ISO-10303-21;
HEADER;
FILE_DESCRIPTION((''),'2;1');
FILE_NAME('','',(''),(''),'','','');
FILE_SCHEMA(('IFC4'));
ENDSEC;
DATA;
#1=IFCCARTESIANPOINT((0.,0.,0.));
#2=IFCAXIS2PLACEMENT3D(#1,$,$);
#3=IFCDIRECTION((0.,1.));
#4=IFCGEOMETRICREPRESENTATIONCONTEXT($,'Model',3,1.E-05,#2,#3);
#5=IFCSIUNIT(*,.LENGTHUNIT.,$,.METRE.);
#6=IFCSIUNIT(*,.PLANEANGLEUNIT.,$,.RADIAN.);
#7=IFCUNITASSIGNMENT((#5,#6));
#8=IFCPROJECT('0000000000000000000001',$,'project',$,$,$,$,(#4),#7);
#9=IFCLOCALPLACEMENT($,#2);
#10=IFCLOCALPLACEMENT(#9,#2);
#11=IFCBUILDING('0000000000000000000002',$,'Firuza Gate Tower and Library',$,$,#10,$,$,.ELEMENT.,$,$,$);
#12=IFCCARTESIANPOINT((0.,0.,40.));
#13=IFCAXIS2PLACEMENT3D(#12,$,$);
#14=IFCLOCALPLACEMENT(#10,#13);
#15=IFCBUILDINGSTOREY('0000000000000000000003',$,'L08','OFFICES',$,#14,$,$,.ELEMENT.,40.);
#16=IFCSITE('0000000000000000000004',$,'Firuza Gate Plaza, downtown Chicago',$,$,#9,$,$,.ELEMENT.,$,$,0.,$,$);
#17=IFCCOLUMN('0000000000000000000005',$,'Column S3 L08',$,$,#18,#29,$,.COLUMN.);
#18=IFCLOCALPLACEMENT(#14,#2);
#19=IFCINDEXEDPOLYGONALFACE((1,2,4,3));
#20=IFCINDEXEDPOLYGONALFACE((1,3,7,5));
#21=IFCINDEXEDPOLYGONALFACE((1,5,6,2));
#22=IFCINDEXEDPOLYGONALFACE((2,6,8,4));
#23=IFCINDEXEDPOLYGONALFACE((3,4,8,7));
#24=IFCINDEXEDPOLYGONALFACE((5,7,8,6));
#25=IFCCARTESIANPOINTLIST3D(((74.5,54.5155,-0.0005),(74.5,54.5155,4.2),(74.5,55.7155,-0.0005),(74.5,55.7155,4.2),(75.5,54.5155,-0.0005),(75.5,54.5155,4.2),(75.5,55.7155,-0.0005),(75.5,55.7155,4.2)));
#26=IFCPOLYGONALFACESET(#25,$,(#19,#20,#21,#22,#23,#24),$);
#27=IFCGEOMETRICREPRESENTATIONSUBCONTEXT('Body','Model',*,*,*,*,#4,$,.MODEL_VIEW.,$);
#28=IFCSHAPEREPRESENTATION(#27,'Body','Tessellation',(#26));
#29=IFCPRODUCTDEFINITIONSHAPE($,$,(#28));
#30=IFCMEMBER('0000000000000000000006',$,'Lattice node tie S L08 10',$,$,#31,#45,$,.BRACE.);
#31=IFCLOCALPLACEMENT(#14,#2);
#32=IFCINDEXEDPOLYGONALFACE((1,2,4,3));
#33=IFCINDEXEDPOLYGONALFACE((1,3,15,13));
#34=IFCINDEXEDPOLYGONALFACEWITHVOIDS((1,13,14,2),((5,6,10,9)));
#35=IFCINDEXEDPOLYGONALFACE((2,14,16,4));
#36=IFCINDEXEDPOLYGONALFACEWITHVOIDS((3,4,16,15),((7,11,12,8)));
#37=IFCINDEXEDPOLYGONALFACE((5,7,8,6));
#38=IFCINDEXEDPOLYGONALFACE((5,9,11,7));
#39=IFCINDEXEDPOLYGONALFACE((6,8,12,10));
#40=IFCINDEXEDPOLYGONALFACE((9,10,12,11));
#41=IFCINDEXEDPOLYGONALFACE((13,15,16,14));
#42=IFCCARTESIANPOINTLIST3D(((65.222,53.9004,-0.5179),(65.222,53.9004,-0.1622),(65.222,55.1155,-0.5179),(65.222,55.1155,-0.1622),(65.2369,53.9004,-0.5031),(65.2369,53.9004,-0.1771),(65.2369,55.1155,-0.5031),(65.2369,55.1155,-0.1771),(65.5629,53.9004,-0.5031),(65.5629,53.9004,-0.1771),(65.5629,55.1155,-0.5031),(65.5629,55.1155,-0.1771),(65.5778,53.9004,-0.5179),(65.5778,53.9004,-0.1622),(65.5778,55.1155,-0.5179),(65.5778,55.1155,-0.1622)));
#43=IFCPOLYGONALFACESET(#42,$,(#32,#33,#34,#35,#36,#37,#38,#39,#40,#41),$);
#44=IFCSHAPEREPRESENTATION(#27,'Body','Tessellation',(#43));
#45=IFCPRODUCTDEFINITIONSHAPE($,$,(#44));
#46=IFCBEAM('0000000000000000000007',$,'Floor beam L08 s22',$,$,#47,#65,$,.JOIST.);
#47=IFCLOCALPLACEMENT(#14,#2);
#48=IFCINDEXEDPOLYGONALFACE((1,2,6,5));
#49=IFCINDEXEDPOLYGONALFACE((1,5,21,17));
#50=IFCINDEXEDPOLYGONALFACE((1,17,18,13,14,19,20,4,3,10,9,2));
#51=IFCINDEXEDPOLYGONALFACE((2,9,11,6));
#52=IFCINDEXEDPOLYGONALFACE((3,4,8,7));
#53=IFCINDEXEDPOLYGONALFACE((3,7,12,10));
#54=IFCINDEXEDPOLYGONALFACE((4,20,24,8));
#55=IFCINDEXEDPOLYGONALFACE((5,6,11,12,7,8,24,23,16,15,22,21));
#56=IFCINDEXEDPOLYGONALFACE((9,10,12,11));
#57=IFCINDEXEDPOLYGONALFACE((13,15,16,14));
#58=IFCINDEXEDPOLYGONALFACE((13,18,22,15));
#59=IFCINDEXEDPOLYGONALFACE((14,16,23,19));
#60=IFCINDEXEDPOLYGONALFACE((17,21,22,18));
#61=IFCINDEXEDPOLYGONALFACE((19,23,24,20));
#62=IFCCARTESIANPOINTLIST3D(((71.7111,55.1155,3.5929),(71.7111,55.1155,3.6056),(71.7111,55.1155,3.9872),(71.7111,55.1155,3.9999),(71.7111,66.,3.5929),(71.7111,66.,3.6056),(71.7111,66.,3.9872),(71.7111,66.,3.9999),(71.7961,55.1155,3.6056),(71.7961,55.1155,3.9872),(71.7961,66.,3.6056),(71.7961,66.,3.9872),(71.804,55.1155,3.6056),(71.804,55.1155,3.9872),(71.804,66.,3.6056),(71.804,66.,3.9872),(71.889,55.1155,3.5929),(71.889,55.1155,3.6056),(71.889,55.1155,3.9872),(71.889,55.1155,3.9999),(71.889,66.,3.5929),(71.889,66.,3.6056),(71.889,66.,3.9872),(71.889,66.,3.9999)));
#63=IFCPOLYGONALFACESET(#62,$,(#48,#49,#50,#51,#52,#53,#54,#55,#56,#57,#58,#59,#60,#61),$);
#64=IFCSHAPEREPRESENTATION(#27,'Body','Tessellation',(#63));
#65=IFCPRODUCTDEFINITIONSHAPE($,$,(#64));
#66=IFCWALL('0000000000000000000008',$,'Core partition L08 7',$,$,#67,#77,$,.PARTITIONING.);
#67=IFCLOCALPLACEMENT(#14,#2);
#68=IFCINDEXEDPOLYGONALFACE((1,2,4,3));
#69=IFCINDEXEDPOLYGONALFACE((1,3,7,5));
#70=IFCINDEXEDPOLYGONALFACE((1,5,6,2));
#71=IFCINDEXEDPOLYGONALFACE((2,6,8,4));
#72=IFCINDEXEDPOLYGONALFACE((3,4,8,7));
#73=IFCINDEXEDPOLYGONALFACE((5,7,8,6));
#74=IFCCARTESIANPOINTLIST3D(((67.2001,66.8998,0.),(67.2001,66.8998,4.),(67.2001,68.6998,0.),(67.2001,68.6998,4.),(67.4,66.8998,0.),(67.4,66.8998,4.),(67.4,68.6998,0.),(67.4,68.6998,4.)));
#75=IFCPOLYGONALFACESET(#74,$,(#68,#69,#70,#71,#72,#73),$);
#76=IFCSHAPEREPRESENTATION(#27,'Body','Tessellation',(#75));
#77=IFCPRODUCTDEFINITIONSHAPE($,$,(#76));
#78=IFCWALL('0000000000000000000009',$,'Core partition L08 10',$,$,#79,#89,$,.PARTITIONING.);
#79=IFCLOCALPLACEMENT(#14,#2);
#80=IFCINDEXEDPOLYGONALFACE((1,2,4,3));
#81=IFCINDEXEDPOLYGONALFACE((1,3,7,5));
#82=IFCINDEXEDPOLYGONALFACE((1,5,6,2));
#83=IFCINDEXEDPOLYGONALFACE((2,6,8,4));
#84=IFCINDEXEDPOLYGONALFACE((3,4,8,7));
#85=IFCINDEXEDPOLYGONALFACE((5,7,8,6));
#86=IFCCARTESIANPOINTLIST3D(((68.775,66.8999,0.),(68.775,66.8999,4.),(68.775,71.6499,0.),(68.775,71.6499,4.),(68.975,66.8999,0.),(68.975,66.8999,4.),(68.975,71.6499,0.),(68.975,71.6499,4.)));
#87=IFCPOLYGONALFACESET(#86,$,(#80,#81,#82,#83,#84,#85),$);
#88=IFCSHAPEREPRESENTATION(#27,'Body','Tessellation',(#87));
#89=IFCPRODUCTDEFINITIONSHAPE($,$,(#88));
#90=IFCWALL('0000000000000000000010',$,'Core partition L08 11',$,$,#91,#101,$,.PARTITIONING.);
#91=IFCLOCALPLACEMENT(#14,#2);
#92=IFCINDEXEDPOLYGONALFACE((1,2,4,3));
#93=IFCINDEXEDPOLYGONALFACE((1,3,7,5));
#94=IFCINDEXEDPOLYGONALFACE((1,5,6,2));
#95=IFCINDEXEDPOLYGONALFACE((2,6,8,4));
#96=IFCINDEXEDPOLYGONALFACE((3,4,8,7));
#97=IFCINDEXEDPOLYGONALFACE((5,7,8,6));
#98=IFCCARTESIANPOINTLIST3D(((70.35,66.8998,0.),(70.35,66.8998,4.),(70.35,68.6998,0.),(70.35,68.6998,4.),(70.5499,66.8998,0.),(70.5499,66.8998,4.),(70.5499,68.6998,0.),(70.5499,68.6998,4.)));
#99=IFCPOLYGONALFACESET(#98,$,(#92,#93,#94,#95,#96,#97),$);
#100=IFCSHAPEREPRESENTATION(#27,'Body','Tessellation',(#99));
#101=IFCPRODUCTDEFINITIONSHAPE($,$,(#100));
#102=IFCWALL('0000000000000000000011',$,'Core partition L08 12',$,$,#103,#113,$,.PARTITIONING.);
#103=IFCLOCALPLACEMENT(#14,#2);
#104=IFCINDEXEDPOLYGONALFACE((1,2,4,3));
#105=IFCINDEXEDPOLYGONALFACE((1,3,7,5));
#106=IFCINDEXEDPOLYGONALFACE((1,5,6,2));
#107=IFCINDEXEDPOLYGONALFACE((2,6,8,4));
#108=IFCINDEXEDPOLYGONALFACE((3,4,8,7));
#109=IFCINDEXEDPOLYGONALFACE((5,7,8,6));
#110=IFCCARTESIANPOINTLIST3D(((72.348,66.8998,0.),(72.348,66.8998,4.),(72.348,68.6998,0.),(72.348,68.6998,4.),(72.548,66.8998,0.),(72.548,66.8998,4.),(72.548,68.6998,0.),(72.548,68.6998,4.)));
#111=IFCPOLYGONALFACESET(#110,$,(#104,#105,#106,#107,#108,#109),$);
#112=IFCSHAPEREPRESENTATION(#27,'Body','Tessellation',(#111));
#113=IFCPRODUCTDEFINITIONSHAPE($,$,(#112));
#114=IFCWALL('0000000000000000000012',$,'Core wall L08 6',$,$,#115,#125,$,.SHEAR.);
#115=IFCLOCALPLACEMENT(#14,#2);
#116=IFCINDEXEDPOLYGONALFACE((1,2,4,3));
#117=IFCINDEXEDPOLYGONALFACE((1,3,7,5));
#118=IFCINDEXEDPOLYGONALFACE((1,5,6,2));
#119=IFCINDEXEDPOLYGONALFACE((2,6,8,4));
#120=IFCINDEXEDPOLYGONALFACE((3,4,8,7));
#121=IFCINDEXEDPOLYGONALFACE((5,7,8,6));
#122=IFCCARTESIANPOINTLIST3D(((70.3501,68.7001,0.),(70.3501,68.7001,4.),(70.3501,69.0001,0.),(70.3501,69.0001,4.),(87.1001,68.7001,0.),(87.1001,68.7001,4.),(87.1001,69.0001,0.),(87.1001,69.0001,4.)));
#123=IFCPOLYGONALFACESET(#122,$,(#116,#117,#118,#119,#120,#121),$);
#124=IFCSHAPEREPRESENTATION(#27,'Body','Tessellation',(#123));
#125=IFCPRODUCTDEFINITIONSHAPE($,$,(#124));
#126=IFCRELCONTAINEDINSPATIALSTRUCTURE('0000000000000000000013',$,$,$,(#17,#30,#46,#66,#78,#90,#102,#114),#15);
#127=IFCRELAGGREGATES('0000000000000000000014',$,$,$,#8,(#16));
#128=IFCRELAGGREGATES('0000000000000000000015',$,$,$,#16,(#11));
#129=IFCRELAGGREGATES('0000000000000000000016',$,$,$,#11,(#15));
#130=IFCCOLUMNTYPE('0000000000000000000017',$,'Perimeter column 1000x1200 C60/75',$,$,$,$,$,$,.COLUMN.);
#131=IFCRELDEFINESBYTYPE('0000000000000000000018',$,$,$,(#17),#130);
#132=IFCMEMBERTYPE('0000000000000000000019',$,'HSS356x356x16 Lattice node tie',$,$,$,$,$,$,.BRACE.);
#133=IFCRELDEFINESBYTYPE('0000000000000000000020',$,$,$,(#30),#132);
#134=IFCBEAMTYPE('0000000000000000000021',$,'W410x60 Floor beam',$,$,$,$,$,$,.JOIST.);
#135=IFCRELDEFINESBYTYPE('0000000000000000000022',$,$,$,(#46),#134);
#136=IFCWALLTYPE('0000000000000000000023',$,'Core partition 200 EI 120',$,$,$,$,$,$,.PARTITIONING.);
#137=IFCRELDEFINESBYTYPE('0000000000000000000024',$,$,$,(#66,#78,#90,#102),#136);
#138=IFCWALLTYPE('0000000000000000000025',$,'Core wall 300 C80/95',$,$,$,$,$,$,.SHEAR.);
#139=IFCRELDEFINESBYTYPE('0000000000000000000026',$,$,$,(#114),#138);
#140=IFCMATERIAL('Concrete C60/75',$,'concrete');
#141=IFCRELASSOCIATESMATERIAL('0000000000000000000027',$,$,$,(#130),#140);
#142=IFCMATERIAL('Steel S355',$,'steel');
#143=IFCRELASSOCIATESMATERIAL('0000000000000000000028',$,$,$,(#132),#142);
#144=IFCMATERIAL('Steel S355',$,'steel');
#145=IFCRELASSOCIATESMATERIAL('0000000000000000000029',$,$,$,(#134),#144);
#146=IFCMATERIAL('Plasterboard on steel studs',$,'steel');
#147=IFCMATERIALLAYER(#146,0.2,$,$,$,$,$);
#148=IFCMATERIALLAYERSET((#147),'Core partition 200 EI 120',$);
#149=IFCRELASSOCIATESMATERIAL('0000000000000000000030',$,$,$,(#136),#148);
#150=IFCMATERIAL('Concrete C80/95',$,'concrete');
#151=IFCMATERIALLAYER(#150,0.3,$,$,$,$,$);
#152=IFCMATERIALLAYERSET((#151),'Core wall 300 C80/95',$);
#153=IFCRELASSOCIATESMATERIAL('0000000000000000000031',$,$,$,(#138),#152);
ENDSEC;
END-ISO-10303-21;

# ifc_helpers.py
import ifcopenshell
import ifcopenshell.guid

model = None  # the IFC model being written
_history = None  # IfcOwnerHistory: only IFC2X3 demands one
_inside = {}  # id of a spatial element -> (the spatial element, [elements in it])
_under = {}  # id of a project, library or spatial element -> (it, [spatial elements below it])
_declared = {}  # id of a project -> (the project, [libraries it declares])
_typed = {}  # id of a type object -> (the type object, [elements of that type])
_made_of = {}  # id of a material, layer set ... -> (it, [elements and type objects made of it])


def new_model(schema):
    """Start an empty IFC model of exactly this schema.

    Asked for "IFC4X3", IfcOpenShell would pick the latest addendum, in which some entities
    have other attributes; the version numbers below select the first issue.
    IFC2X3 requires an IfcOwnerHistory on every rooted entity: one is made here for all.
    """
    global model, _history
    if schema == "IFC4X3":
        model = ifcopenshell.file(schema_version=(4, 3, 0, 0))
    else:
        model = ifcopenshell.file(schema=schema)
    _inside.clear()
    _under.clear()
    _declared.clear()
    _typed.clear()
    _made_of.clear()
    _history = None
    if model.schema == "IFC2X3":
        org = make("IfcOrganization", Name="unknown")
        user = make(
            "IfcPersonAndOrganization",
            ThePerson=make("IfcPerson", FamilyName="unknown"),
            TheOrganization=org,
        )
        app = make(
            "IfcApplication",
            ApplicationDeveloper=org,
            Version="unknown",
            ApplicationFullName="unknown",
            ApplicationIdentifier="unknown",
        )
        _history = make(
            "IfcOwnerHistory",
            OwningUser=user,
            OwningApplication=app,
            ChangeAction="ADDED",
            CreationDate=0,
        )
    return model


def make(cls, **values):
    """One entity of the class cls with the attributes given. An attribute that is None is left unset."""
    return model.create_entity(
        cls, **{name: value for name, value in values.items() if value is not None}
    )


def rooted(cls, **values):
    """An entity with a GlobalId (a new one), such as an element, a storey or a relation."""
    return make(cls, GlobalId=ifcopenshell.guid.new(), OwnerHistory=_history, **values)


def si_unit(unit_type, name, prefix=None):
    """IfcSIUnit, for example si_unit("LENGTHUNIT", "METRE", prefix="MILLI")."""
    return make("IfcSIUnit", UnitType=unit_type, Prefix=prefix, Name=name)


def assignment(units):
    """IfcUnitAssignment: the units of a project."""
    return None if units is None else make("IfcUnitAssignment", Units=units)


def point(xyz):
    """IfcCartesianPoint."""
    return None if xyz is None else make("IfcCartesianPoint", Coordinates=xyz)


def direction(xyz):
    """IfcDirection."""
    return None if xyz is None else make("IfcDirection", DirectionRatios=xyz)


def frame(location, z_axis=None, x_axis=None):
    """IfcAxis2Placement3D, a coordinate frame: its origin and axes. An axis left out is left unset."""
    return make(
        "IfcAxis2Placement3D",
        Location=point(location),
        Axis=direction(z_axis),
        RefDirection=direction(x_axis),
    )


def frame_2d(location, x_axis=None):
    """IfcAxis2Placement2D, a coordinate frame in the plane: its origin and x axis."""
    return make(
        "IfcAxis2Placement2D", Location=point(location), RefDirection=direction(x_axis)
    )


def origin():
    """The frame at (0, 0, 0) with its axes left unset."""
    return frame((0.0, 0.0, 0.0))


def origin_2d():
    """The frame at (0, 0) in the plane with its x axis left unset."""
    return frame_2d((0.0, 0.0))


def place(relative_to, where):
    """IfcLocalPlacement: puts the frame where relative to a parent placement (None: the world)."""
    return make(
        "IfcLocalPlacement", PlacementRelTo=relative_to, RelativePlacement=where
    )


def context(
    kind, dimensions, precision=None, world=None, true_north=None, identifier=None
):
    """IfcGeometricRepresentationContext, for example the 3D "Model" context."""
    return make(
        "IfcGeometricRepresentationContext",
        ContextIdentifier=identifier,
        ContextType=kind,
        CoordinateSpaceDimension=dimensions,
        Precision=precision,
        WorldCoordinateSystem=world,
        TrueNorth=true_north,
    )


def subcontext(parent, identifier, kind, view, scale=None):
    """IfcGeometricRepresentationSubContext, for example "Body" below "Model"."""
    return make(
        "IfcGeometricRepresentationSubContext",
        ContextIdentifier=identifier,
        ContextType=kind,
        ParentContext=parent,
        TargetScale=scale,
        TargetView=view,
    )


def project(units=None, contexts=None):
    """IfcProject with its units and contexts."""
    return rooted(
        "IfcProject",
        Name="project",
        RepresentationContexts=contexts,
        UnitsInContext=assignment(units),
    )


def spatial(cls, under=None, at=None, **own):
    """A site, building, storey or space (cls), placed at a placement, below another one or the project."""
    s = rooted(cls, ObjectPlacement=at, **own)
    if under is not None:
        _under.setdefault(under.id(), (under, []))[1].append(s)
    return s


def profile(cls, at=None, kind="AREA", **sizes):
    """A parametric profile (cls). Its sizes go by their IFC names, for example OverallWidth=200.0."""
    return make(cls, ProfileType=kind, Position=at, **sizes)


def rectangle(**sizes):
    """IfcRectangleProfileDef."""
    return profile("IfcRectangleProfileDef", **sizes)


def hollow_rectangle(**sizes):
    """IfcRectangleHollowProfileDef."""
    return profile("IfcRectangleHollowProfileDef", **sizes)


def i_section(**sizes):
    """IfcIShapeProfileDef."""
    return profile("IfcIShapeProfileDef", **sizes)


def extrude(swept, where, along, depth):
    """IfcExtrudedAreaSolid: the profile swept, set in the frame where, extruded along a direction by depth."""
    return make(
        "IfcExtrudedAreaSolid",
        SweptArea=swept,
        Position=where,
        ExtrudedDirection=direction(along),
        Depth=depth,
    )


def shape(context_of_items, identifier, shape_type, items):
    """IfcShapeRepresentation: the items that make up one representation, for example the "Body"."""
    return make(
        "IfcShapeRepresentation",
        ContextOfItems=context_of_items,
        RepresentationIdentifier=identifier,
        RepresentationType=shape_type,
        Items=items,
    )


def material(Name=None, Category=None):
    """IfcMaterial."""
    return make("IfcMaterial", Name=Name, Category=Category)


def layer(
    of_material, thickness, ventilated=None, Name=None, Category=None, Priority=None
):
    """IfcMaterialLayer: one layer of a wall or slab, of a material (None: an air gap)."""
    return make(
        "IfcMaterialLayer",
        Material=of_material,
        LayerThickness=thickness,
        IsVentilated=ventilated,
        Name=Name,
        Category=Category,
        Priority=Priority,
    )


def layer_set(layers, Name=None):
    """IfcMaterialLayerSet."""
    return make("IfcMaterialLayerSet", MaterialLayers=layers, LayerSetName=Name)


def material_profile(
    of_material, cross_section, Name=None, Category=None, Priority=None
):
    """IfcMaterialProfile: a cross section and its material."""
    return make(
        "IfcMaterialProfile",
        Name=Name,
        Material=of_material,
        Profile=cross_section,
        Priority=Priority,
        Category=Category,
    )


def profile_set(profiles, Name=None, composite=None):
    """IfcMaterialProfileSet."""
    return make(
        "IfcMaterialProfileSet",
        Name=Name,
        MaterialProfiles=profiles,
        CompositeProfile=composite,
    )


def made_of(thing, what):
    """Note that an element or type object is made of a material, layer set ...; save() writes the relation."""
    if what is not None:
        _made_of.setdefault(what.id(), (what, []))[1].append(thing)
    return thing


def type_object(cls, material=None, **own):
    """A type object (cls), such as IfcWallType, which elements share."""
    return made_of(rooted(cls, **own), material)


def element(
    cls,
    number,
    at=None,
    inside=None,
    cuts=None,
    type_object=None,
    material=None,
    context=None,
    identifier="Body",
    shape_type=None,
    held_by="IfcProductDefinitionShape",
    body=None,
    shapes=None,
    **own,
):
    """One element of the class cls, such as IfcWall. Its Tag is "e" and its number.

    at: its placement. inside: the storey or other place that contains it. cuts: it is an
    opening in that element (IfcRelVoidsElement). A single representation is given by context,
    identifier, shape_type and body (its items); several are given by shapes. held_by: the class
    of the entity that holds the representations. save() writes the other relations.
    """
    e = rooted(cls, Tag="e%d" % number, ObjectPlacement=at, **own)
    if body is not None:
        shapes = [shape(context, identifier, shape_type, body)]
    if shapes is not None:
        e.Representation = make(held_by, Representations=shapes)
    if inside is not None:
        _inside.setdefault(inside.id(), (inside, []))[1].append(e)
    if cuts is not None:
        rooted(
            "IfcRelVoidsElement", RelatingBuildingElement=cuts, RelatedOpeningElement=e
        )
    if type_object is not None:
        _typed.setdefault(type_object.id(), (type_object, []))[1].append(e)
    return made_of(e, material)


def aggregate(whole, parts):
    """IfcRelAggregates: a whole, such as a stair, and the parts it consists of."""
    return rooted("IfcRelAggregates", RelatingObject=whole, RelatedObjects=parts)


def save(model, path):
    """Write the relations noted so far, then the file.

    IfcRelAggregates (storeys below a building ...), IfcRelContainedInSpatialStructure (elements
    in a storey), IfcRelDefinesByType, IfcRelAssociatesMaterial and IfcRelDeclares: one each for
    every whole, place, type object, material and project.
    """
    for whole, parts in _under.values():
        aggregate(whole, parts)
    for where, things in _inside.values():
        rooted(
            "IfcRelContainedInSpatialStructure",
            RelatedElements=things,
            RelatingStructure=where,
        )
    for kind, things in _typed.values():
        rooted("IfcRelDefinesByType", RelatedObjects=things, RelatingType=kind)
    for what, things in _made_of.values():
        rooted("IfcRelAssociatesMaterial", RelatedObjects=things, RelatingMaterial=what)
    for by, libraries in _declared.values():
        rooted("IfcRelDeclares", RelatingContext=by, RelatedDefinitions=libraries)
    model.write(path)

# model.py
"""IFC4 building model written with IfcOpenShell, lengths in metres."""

from ifc_helpers import new_model, si_unit, direction, frame, frame_2d, origin, origin_2d, place, context, subcontext, project, spatial, rectangle, hollow_rectangle, i_section, extrude, material, layer, layer_set, material_profile, profile_set, type_object, element, save


model = new_model("IFC4")

# Units and contexts
model_context = context("Model", 3, precision=1e-05, world=origin(), true_north=direction((0.0, 1.0)))
body_context = subcontext(model_context, "Body", "Model", "MODEL_VIEW")
ifc_project = project(units=[si_unit("LENGTHUNIT", "METRE"), si_unit("PLANEANGLEUNIT", "RADIAN")], contexts=[model_context])

# Site, building, storey
site_placement = place(None, origin())
site = spatial("IfcSite", under=ifc_project, at=site_placement, Name="Firuza Gate Plaza, downtown Chicago", CompositionType="ELEMENT", RefElevation=0.0)
building_placement = place(site_placement, origin())
building = spatial("IfcBuilding", under=site, at=building_placement, Name="Firuza Gate Tower and Library", CompositionType="ELEMENT")
storey_placement = place(building_placement, frame((0.0, 0.0, 40.0)))
storey = spatial("IfcBuildingStorey", under=building, at=storey_placement, Name="L08", Description="OFFICES", CompositionType="ELEMENT", Elevation=40.0)

# Column
ifc_material_1 = material(Name="Concrete C60/75", Category="concrete")
ifc_material_profile_1 = material_profile(ifc_material_1, rectangle(XDim=1.0, YDim=1.2, at=origin_2d()))
ifc_profile_set_1 = profile_set([ifc_material_profile_1], Name="Concrete C60/75")
column_type = type_object("IfcColumnType", Name="Perimeter column 1000x1200 C60/75", PredefinedType="COLUMN", material=ifc_profile_set_1)
column_placement = place(storey_placement, frame((75.0, 55.1155, -0.0005), z_axis=(0.0, 0.0, 1.0), x_axis=(1.0, 0.0, 0.0)))
element("IfcColumn", 1, at=column_placement, inside=storey, type_object=column_type, Name="Column S3 L08", PredefinedType="COLUMN", context=body_context, shape_type="SweptSolid", body=[
    extrude(rectangle(XDim=1.0, YDim=1.2, at=origin_2d()), origin(), (0.0, 0.0, 1.0), 4.2004),
])

# Member
ifc_material_2 = material(Name="Steel S355", Category="steel")
ifc_material_profile_2 = material_profile(ifc_material_2, hollow_rectangle(XDim=0.3557, YDim=0.3557, WallThickness=0.0149, at=origin_2d()))
ifc_profile_set_2 = profile_set([ifc_material_profile_2], Name="Steel S355")
member_type = type_object("IfcMemberType", Name="HSS356x356x16 Lattice node tie", PredefinedType="BRACE", material=ifc_profile_set_2)
member_placement = place(storey_placement, frame((65.3999, 55.1155, -0.3401), z_axis=(0.0, -1.0, 0.0), x_axis=(1.0, 0.0, 0.0)))
element("IfcMember", 2, at=member_placement, inside=storey, type_object=member_type, Name="Lattice node tie S L08 10", PredefinedType="BRACE", context=body_context, shape_type="SweptSolid", body=[
    extrude(hollow_rectangle(XDim=0.3557, YDim=0.3557, WallThickness=0.0149, at=origin_2d()), origin(), (0.0, 0.0, 1.0), 1.2151),
])

# Beam
ifc_material_3 = material(Name="Steel S355", Category="steel")
ifc_material_profile_3 = material_profile(ifc_material_3, i_section(OverallWidth=0.178, OverallDepth=0.407, WebThickness=0.0078, FlangeThickness=0.0127, at=origin_2d()))
ifc_profile_set_3 = profile_set([ifc_material_profile_3], Name="Steel S355")
beam_type = type_object("IfcBeamType", Name="W410x60 Floor beam", PredefinedType="JOIST", material=ifc_profile_set_3)
beam_placement = place(storey_placement, frame((71.8, 55.1155, 3.7964), z_axis=(0.0, 1.0, 0.0), x_axis=(-1.0, 0.0, 0.0)))
element("IfcBeam", 3, at=beam_placement, inside=storey, type_object=beam_type, Name="Floor beam L08 s22", PredefinedType="JOIST", context=body_context, shape_type="SweptSolid", body=[
    extrude(i_section(OverallWidth=0.178, OverallDepth=0.407, WebThickness=0.0078, FlangeThickness=0.0127, at=origin_2d()), origin(), (0.0, 0.0, 1.0), 10.8845),
])

# Walls
ifc_material_4 = material(Name="Plasterboard on steel studs", Category="steel")
ifc_layer_1 = layer(ifc_material_4, 0.2)
ifc_layer_set_1 = layer_set([ifc_layer_1], Name="Core partition 200 EI 120")
wall_type_1 = type_object("IfcWallType", Name="Core partition 200 EI 120", PredefinedType="PARTITIONING", material=ifc_layer_set_1)
wall_1_placement = place(storey_placement, frame((67.3, 66.8999, 0.0), z_axis=(0.0, 0.0, 1.0), x_axis=(0.0, 1.0, 0.0)))
element("IfcWall", 4, at=wall_1_placement, inside=storey, type_object=wall_type_1, Name="Core partition L08 7", PredefinedType="PARTITIONING", context=body_context, shape_type="SweptSolid", body=[
    extrude(rectangle(XDim=1.8, YDim=0.2, at=frame_2d((0.8999, 0.0))), origin(), (0.0, 0.0, 1.0), 4.0),
])
wall_2_placement = place(storey_placement, frame((68.875, 66.8999, 0.0), z_axis=(0.0, 0.0, 1.0), x_axis=(0.0, 1.0, 0.0)))
element("IfcWall", 5, at=wall_2_placement, inside=storey, type_object=wall_type_1, Name="Core partition L08 10", PredefinedType="PARTITIONING", context=body_context, shape_type="SweptSolid", body=[
    extrude(rectangle(XDim=4.75, YDim=0.2, at=frame_2d((2.375, 0.0))), origin(), (0.0, 0.0, 1.0), 4.0),
])
for number, where, z_axis, x_axis, name in (
    (6, (70.45, 66.8999, 0.0), (0.0, 0.0, 1.0), (0.0, 1.0, 0.0), "Core partition L08 11"),
    (7, (72.448, 66.8999, 0.0), (0.0, 0.0, 1.0), (0.0, 1.0, 0.0), "Core partition L08 12"),
):
    element("IfcWall", number, at=place(storey_placement, frame(where, z_axis=z_axis, x_axis=x_axis)), inside=storey, type_object=wall_type_1, Name=name, PredefinedType="PARTITIONING", context=body_context, shape_type="SweptSolid", body=[
        extrude(rectangle(XDim=1.8, YDim=0.2, at=frame_2d((0.8999, 0.0))), origin(), (0.0, 0.0, 1.0), 4.0),
    ])
ifc_material_5 = material(Name="Concrete C80/95", Category="concrete")
ifc_layer_2 = layer(ifc_material_5, 0.3)
ifc_layer_set_2 = layer_set([ifc_layer_2], Name="Core wall 300 C80/95")
wall_type_2 = type_object("IfcWallType", Name="Core wall 300 C80/95", PredefinedType="SHEAR", material=ifc_layer_set_2)
wall_3_placement = place(storey_placement, frame((70.3501, 68.8501, 0.0), z_axis=(0.0, 0.0, 1.0), x_axis=(1.0, 0.0, 0.0)))
element("IfcWall", 8, at=wall_3_placement, inside=storey, type_object=wall_type_2, Name="Core wall L08 6", PredefinedType="SHEAR", context=body_context, shape_type="SweptSolid", body=[
    extrude(rectangle(XDim=16.75, YDim=0.3, at=frame_2d((8.375, 0.0))), origin(), (0.0, 0.0, 1.0), 4.0),
])

save(model, "model.ifc")
